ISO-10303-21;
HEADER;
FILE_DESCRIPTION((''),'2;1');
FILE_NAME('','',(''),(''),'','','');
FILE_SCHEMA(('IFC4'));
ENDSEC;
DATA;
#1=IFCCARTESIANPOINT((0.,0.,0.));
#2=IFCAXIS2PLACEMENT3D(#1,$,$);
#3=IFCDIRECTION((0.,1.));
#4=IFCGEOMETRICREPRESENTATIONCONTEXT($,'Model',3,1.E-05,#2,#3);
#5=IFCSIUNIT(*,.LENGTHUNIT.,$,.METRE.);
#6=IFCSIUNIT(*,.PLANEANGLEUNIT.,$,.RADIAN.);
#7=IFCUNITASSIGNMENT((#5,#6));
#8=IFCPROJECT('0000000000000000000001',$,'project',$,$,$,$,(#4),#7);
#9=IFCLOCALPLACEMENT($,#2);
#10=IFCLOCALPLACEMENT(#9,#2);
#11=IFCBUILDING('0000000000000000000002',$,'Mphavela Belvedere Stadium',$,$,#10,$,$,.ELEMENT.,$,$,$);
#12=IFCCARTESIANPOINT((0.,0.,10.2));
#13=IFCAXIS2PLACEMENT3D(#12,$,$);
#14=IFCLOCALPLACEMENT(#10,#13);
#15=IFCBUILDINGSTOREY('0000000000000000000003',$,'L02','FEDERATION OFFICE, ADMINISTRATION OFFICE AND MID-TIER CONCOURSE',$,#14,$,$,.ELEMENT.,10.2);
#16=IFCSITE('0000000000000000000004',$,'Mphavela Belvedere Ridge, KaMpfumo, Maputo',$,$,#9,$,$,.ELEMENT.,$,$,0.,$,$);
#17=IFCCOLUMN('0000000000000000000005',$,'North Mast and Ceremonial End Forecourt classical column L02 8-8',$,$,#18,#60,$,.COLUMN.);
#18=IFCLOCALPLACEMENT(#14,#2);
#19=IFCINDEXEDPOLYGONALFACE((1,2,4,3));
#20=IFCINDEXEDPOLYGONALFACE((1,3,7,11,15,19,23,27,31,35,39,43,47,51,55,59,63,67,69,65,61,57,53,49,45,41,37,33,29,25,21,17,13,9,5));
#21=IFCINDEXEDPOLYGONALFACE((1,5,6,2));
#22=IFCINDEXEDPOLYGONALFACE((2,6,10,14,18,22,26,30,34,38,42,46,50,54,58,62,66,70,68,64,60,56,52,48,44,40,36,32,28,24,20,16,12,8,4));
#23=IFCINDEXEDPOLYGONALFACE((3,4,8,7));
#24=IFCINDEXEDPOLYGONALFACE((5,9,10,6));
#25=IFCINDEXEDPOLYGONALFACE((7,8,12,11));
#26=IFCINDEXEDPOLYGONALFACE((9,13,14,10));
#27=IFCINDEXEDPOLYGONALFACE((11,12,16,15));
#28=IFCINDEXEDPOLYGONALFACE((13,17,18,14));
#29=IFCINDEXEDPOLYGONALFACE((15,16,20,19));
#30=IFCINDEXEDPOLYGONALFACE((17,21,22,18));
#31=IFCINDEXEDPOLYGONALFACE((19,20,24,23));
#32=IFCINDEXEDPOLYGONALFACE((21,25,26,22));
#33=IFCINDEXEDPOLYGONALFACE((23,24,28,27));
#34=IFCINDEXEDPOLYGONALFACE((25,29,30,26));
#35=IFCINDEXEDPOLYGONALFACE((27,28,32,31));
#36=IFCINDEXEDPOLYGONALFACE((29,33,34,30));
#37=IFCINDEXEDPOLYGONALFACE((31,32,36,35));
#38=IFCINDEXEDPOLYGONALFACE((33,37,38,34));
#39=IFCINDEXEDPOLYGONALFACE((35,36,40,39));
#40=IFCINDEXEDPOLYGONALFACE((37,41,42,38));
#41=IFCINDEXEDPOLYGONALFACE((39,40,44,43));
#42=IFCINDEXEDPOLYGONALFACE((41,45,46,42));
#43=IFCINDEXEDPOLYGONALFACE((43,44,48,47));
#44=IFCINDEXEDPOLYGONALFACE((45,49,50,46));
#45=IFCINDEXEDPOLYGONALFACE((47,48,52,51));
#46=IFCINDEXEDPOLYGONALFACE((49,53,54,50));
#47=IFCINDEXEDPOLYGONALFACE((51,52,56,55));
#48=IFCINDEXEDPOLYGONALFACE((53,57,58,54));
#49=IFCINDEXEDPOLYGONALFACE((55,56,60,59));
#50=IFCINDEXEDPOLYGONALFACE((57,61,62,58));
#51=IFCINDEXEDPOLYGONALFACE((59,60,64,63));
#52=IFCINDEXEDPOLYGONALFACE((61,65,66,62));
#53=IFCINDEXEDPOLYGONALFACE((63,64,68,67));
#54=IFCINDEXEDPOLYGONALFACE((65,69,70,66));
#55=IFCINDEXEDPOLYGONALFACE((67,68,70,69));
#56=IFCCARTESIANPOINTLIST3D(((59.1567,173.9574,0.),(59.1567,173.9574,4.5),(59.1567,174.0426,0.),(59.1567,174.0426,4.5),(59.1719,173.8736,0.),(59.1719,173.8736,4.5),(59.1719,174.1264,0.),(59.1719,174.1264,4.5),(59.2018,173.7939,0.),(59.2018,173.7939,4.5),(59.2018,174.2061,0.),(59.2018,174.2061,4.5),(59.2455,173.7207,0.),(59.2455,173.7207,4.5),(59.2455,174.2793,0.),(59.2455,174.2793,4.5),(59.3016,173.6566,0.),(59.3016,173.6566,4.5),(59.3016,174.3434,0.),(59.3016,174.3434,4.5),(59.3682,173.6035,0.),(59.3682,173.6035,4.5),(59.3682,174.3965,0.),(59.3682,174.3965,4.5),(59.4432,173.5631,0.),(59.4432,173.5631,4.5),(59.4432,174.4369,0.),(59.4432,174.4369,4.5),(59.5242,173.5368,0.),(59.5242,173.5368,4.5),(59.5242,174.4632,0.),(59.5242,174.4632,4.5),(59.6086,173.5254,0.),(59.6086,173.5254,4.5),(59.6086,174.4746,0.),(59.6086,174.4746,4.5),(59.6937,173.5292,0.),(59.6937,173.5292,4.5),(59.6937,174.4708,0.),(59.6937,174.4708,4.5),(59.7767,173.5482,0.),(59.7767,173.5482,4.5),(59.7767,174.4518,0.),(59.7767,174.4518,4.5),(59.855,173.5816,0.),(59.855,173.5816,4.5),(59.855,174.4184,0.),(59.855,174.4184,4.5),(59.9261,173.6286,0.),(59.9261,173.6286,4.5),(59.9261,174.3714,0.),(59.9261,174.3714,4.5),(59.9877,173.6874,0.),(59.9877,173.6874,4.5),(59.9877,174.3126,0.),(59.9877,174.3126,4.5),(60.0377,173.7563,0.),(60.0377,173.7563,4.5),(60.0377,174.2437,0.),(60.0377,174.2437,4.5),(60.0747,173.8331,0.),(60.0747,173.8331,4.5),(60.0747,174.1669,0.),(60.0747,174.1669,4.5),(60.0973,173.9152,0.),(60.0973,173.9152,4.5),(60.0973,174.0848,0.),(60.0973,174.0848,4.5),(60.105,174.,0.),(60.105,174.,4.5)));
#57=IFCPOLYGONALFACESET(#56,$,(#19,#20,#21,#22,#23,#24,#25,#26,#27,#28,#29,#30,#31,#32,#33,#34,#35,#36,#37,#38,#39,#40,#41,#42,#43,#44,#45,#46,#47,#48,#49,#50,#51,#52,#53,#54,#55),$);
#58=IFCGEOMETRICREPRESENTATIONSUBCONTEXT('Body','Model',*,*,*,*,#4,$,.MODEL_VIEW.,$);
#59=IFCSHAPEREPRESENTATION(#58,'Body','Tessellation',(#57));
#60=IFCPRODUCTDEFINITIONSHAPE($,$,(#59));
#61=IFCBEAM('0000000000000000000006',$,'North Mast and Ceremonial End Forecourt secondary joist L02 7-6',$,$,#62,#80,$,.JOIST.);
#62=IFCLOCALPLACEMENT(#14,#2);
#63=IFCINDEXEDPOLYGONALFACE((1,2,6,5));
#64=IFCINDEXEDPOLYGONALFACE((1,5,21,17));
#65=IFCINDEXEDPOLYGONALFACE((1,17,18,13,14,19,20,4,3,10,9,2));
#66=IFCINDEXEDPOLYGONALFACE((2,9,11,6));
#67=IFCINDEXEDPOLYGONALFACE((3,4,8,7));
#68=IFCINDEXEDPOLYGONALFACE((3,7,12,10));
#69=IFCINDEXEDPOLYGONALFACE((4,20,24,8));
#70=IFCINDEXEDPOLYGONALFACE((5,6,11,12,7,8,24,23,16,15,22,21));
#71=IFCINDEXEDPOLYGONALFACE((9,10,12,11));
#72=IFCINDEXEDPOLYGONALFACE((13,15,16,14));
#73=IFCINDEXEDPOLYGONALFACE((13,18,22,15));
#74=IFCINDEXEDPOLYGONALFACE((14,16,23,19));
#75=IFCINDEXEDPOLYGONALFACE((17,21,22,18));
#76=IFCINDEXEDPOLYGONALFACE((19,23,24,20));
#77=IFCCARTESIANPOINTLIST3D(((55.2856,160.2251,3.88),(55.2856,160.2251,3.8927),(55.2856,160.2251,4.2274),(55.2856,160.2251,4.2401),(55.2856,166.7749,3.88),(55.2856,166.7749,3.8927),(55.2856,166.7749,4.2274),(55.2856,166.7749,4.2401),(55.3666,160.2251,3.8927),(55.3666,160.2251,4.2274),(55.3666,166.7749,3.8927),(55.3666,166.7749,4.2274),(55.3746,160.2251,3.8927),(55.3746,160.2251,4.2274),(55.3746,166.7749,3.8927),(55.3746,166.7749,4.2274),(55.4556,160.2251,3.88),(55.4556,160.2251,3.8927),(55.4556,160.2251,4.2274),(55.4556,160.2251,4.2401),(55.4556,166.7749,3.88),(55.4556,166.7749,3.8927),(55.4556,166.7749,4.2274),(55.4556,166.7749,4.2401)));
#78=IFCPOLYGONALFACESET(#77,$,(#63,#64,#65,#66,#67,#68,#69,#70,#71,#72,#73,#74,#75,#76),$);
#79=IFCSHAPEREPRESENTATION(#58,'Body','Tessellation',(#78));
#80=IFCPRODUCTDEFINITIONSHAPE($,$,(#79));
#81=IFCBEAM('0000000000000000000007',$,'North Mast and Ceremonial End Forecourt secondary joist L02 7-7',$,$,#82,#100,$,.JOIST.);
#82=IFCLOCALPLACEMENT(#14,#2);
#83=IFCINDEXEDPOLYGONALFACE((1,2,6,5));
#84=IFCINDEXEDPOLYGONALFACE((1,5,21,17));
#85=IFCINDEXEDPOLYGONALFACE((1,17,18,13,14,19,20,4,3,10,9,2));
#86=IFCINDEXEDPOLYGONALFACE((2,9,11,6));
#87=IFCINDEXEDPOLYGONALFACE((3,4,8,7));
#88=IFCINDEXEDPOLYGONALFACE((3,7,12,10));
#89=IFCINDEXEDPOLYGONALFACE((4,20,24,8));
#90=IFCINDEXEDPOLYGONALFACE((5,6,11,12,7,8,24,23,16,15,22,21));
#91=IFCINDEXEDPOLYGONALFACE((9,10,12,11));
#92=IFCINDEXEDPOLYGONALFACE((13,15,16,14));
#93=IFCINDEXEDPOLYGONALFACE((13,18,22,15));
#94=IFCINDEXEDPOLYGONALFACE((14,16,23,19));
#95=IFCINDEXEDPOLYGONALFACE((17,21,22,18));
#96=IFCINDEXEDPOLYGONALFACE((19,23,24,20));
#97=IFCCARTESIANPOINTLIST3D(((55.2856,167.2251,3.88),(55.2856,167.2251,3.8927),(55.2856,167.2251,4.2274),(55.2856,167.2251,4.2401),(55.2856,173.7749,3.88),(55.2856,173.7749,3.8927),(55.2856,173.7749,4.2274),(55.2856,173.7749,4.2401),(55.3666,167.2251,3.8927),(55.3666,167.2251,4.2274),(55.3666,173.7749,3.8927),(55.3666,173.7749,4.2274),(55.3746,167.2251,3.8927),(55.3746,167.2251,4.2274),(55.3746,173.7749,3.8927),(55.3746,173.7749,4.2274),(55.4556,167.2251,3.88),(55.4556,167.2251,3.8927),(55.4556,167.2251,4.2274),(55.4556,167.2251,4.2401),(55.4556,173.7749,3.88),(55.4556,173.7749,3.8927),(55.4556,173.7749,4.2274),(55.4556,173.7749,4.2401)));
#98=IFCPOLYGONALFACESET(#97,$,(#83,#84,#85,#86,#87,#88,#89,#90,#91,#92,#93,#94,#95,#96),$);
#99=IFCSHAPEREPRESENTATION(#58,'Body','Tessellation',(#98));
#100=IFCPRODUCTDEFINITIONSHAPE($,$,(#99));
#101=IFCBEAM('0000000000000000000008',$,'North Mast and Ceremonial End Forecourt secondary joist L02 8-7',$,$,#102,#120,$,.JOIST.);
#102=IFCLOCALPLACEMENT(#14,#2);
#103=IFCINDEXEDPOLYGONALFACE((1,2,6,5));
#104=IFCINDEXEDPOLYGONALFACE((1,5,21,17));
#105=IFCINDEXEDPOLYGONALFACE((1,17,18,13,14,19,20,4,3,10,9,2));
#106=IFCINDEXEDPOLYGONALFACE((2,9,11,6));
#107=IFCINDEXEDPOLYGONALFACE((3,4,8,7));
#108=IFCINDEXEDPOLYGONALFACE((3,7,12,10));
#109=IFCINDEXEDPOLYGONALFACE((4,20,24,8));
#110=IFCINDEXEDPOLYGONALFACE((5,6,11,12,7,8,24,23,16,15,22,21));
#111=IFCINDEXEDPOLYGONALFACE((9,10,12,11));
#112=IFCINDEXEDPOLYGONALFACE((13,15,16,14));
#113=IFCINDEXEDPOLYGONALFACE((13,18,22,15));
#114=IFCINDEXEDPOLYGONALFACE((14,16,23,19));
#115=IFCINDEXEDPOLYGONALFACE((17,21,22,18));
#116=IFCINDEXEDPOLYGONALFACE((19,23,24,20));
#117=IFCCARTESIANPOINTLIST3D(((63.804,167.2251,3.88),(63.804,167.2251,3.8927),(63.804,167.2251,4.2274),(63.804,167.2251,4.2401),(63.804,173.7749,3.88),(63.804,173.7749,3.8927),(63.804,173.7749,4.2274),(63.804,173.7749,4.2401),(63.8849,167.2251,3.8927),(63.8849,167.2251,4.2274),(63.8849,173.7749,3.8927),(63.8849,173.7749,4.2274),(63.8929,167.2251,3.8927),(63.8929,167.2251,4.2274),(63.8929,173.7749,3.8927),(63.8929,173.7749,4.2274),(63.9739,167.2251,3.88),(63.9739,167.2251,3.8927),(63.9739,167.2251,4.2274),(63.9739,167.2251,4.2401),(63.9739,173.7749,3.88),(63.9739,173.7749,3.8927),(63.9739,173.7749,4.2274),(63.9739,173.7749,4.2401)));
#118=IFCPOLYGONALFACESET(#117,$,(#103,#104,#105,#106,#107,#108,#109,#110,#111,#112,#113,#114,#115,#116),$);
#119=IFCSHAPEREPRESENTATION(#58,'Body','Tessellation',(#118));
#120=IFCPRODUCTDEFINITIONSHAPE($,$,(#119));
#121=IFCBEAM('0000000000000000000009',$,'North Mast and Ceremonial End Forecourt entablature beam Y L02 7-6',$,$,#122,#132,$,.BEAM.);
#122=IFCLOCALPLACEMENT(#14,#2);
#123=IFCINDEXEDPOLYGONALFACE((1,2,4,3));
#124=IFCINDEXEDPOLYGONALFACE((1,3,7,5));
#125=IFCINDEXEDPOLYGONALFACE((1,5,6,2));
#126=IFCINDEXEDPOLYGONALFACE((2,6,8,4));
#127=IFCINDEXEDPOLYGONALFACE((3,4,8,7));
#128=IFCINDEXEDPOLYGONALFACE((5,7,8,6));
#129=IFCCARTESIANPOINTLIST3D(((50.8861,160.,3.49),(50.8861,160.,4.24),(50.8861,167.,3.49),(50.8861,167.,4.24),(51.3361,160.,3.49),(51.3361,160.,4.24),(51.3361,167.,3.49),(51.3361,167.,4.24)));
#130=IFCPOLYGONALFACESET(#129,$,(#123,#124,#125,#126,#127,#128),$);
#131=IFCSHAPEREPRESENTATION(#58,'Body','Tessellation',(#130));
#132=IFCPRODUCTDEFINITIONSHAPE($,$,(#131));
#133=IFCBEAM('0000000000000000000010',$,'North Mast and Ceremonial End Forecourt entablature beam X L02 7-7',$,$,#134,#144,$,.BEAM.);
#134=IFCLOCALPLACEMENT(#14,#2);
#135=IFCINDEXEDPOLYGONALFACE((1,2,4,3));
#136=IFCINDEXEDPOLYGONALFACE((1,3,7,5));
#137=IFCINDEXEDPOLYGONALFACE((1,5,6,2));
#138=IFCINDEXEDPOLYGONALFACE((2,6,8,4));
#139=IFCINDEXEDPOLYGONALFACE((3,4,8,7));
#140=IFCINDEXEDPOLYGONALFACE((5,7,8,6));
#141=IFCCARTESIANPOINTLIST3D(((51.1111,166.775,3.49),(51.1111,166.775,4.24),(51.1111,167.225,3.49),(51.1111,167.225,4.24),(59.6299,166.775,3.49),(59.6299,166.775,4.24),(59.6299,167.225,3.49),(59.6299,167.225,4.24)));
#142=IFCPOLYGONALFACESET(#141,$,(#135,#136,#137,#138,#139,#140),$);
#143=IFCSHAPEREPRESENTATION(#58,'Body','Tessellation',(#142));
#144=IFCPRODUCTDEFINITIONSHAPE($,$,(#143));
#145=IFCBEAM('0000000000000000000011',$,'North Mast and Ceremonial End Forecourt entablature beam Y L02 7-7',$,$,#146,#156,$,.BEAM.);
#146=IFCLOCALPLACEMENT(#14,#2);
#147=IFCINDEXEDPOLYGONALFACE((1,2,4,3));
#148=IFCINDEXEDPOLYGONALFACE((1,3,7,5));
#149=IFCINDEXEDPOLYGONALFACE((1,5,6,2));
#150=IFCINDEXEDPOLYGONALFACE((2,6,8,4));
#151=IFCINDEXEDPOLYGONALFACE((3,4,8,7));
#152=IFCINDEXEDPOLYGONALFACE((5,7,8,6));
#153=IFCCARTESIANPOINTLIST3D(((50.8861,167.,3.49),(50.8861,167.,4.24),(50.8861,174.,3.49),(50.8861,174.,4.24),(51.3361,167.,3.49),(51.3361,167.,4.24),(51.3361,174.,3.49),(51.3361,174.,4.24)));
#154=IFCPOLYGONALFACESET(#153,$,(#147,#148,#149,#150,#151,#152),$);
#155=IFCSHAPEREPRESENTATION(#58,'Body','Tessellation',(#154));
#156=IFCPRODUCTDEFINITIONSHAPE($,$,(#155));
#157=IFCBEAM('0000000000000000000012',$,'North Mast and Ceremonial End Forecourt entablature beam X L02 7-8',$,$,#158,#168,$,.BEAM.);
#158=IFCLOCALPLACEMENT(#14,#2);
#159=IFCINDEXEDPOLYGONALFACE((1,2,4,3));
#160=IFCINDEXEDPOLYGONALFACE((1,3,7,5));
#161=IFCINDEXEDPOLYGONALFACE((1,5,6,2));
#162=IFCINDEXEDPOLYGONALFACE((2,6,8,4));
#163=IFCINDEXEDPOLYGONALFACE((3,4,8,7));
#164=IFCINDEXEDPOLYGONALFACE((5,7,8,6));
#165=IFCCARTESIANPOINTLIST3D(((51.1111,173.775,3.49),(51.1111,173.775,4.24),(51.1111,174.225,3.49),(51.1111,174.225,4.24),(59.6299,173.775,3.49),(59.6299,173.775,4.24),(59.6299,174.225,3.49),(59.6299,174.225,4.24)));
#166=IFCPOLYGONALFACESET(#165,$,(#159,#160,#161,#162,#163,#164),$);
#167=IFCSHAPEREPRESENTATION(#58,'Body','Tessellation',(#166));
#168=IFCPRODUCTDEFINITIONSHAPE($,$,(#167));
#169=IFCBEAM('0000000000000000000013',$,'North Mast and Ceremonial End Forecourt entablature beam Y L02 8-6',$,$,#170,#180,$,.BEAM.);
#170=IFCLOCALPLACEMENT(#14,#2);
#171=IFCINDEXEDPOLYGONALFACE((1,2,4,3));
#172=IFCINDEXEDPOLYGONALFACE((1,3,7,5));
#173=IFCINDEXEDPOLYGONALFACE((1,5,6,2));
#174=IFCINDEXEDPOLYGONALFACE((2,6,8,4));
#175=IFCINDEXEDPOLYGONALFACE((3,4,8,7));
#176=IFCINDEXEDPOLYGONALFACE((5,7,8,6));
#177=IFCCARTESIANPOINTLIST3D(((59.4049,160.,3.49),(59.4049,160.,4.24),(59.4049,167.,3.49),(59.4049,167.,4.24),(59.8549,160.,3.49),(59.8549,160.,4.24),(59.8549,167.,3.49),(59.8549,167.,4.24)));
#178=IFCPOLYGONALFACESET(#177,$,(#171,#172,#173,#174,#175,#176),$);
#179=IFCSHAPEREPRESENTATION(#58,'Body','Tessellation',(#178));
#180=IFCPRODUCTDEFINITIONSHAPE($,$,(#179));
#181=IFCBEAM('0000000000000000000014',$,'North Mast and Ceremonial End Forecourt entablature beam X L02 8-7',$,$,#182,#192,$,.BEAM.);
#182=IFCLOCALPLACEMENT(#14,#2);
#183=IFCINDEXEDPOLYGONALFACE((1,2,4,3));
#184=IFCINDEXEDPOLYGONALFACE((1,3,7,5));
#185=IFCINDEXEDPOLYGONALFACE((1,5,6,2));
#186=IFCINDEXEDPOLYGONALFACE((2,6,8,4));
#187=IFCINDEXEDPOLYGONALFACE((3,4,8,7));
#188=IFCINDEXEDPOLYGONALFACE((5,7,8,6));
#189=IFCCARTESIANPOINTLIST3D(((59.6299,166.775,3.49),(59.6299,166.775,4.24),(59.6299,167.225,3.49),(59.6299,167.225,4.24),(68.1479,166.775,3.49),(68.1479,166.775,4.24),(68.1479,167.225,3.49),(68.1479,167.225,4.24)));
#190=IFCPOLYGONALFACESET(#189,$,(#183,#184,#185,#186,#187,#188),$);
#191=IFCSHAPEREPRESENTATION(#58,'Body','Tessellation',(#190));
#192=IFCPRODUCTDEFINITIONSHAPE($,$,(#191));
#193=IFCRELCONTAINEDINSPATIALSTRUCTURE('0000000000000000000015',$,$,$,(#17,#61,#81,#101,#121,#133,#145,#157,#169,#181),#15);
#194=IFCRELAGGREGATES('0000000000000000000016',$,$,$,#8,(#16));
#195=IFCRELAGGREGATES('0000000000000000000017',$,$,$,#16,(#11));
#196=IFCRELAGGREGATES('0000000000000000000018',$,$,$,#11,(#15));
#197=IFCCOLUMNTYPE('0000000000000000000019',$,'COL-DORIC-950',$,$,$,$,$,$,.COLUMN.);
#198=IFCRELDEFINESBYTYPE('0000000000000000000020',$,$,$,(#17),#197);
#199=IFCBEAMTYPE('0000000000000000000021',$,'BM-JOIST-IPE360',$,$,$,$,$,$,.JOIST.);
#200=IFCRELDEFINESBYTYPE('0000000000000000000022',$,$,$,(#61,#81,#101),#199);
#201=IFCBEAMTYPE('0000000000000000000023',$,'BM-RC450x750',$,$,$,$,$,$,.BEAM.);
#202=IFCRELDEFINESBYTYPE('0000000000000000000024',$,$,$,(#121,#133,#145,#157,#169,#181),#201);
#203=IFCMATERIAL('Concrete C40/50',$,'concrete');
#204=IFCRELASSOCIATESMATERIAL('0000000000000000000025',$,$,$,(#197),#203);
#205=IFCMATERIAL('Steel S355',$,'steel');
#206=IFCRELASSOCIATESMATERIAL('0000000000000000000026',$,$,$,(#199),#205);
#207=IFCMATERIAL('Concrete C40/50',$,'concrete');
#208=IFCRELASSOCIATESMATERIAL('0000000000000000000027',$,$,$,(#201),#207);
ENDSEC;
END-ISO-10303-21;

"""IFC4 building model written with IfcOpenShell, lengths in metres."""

from ifc_helpers import new_model, si_unit, direction, frame, origin, origin_2d, place, context, subcontext, project, spatial, rectangle, circle, i_section, extrude, material, material_profile, profile_set, type_object, element, save


model = new_model("IFC4")

# Units and contexts
model_context = context("Model", 3, precision=1e-05, world=origin(), true_north=direction((0.0, 1.0)))
body_context = subcontext(model_context, "Body", "Model", "MODEL_VIEW")
ifc_project = project(units=[si_unit("LENGTHUNIT", "METRE"), si_unit("PLANEANGLEUNIT", "RADIAN")], contexts=[model_context])

# Site, building, storey
site_placement = place(None, origin())
site = spatial("IfcSite", under=ifc_project, at=site_placement, Name="Mphavela Belvedere Ridge, KaMpfumo, Maputo", CompositionType="ELEMENT", RefElevation=0.0)
building_placement = place(site_placement, origin())
building = spatial("IfcBuilding", under=site, at=building_placement, Name="Mphavela Belvedere Stadium", CompositionType="ELEMENT")
storey_placement = place(building_placement, frame((0.0, 0.0, 10.2)))
storey = spatial("IfcBuildingStorey", under=building, at=storey_placement, Name="L02", Description="FEDERATION OFFICE, ADMINISTRATION OFFICE AND MID-TIER CONCOURSE", CompositionType="ELEMENT", Elevation=10.2)

# Column
ifc_material_1 = material(Name="Concrete C40/50", Category="concrete")
ifc_material_profile_1 = material_profile(ifc_material_1, circle(Radius=0.4751, at=origin_2d()), Name="COL D950")
ifc_profile_set_1 = profile_set([ifc_material_profile_1], Name="Concrete C40/50")
column_type = type_object("IfcColumnType", Name="COL-DORIC-950", PredefinedType="COLUMN", material=ifc_profile_set_1)
for number, where, z_axis, x_axis, name in (
    (1, (59.6299, 174.0, 0.0), (0.0, 0.0, 1.0), (1.0, 0.0, 0.0), "North Mast and Ceremonial End Forecourt classical column L02 8-8"),
):
    element("IfcColumn", number, at=place(storey_placement, frame(where, z_axis=z_axis, x_axis=x_axis)), inside=storey, type_object=column_type, Name=name, PredefinedType="COLUMN", context=body_context, shape_type="SweptSolid", body=[
        extrude(circle(Radius=0.4751, at=origin_2d()), origin(), (0.0, 0.0, 1.0), 4.5),
    ])

# Beams
ifc_material_2 = material(Name="Steel S355", Category="steel")
ifc_material_profile_2 = material_profile(ifc_material_2, i_section(OverallWidth=0.1699, OverallDepth=0.3601, WebThickness=0.0081, FlangeThickness=0.0127, at=origin_2d()), Name="IPE 360")
ifc_profile_set_2 = profile_set([ifc_material_profile_2], Name="Steel S355")
beam_type_1 = type_object("IfcBeamType", Name="BM-JOIST-IPE360", PredefinedType="JOIST", material=ifc_profile_set_2)
for number, where, z_axis, x_axis, name in (
    (2, (55.3706, 160.2251, 4.0601), (0.0, 1.0, 0.0), (-1.0, 0.0, 0.0), "North Mast and Ceremonial End Forecourt secondary joist L02 7-6"),
    (3, (55.3706, 167.2251, 4.0601), (0.0, 1.0, 0.0), (-1.0, 0.0, 0.0), "North Mast and Ceremonial End Forecourt secondary joist L02 7-7"),
    (4, (63.8889, 167.2251, 4.0601), (0.0, 1.0, 0.0), (-1.0, 0.0, 0.0), "North Mast and Ceremonial End Forecourt secondary joist L02 8-7"),
):
    element("IfcBeam", number, at=place(storey_placement, frame(where, z_axis=z_axis, x_axis=x_axis)), inside=storey, type_object=beam_type_1, Name=name, PredefinedType="JOIST", context=body_context, shape_type="SweptSolid", body=[
        extrude(i_section(OverallWidth=0.1699, OverallDepth=0.3601, WebThickness=0.0081, FlangeThickness=0.0127, at=origin_2d()), origin(), (0.0, 0.0, 1.0), 6.5498),
    ])
ifc_material_3 = material(Name="Concrete C40/50", Category="concrete")
ifc_material_profile_3 = material_profile(ifc_material_3, rectangle(XDim=0.45, YDim=0.75, at=origin_2d()), Name="RC 450x750")
ifc_profile_set_3 = profile_set([ifc_material_profile_3], Name="Concrete C40/50")
beam_type_2 = type_object("IfcBeamType", Name="BM-RC450x750", PredefinedType="BEAM", material=ifc_profile_set_3)
beam_1_placement = place(storey_placement, frame((51.1111, 160.0, 3.865), z_axis=(0.0, 1.0, 0.0), x_axis=(-1.0, 0.0, 0.0)))
element("IfcBeam", 5, at=beam_1_placement, inside=storey, type_object=beam_type_2, Name="North Mast and Ceremonial End Forecourt entablature beam Y L02 7-6", PredefinedType="BEAM", context=body_context, shape_type="SweptSolid", body=[
    extrude(rectangle(XDim=0.45, YDim=0.75, at=origin_2d()), origin(), (0.0, 0.0, 1.0), 7.0),
])
beam_2_placement = place(storey_placement, frame((51.1111, 167.0, 3.865), z_axis=(1.0, 0.0, 0.0), x_axis=(0.0, 1.0, 0.0)))
element("IfcBeam", 6, at=beam_2_placement, inside=storey, type_object=beam_type_2, Name="North Mast and Ceremonial End Forecourt entablature beam X L02 7-7", PredefinedType="BEAM", context=body_context, shape_type="SweptSolid", body=[
    extrude(rectangle(XDim=0.45, YDim=0.75, at=origin_2d()), origin(), (0.0, 0.0, 1.0), 8.5188),
])
beam_3_placement = place(storey_placement, frame((51.1111, 167.0, 3.865), z_axis=(0.0, 1.0, 0.0), x_axis=(-1.0, 0.0, 0.0)))
element("IfcBeam", 7, at=beam_3_placement, inside=storey, type_object=beam_type_2, Name="North Mast and Ceremonial End Forecourt entablature beam Y L02 7-7", PredefinedType="BEAM", context=body_context, shape_type="SweptSolid", body=[
    extrude(rectangle(XDim=0.45, YDim=0.75, at=origin_2d()), origin(), (0.0, 0.0, 1.0), 7.0),
])
beam_4_placement = place(storey_placement, frame((51.1111, 174.0, 3.865), z_axis=(1.0, 0.0, 0.0), x_axis=(0.0, 1.0, 0.0)))
element("IfcBeam", 8, at=beam_4_placement, inside=storey, type_object=beam_type_2, Name="North Mast and Ceremonial End Forecourt entablature beam X L02 7-8", PredefinedType="BEAM", context=body_context, shape_type="SweptSolid", body=[
    extrude(rectangle(XDim=0.45, YDim=0.75, at=origin_2d()), origin(), (0.0, 0.0, 1.0), 8.5188),
])
beam_5_placement = place(storey_placement, frame((59.6299, 160.0, 3.865), z_axis=(0.0, 1.0, 0.0), x_axis=(-1.0, 0.0, 0.0)))
element("IfcBeam", 9, at=beam_5_placement, inside=storey, type_object=beam_type_2, Name="North Mast and Ceremonial End Forecourt entablature beam Y L02 8-6", PredefinedType="BEAM", context=body_context, shape_type="SweptSolid", body=[
    extrude(rectangle(XDim=0.45, YDim=0.75, at=origin_2d()), origin(), (0.0, 0.0, 1.0), 7.0),
])
beam_6_placement = place(storey_placement, frame((59.6299, 167.0, 3.865), z_axis=(1.0, 0.0, 0.0), x_axis=(0.0, 1.0, 0.0)))
element("IfcBeam", 10, at=beam_6_placement, inside=storey, type_object=beam_type_2, Name="North Mast and Ceremonial End Forecourt entablature beam X L02 8-7", PredefinedType="BEAM", context=body_context, shape_type="SweptSolid", body=[
    extrude(rectangle(XDim=0.45, YDim=0.75, at=origin_2d()), origin(), (0.0, 0.0, 1.0), 8.5181),
])

save(model, "model.ifc")
